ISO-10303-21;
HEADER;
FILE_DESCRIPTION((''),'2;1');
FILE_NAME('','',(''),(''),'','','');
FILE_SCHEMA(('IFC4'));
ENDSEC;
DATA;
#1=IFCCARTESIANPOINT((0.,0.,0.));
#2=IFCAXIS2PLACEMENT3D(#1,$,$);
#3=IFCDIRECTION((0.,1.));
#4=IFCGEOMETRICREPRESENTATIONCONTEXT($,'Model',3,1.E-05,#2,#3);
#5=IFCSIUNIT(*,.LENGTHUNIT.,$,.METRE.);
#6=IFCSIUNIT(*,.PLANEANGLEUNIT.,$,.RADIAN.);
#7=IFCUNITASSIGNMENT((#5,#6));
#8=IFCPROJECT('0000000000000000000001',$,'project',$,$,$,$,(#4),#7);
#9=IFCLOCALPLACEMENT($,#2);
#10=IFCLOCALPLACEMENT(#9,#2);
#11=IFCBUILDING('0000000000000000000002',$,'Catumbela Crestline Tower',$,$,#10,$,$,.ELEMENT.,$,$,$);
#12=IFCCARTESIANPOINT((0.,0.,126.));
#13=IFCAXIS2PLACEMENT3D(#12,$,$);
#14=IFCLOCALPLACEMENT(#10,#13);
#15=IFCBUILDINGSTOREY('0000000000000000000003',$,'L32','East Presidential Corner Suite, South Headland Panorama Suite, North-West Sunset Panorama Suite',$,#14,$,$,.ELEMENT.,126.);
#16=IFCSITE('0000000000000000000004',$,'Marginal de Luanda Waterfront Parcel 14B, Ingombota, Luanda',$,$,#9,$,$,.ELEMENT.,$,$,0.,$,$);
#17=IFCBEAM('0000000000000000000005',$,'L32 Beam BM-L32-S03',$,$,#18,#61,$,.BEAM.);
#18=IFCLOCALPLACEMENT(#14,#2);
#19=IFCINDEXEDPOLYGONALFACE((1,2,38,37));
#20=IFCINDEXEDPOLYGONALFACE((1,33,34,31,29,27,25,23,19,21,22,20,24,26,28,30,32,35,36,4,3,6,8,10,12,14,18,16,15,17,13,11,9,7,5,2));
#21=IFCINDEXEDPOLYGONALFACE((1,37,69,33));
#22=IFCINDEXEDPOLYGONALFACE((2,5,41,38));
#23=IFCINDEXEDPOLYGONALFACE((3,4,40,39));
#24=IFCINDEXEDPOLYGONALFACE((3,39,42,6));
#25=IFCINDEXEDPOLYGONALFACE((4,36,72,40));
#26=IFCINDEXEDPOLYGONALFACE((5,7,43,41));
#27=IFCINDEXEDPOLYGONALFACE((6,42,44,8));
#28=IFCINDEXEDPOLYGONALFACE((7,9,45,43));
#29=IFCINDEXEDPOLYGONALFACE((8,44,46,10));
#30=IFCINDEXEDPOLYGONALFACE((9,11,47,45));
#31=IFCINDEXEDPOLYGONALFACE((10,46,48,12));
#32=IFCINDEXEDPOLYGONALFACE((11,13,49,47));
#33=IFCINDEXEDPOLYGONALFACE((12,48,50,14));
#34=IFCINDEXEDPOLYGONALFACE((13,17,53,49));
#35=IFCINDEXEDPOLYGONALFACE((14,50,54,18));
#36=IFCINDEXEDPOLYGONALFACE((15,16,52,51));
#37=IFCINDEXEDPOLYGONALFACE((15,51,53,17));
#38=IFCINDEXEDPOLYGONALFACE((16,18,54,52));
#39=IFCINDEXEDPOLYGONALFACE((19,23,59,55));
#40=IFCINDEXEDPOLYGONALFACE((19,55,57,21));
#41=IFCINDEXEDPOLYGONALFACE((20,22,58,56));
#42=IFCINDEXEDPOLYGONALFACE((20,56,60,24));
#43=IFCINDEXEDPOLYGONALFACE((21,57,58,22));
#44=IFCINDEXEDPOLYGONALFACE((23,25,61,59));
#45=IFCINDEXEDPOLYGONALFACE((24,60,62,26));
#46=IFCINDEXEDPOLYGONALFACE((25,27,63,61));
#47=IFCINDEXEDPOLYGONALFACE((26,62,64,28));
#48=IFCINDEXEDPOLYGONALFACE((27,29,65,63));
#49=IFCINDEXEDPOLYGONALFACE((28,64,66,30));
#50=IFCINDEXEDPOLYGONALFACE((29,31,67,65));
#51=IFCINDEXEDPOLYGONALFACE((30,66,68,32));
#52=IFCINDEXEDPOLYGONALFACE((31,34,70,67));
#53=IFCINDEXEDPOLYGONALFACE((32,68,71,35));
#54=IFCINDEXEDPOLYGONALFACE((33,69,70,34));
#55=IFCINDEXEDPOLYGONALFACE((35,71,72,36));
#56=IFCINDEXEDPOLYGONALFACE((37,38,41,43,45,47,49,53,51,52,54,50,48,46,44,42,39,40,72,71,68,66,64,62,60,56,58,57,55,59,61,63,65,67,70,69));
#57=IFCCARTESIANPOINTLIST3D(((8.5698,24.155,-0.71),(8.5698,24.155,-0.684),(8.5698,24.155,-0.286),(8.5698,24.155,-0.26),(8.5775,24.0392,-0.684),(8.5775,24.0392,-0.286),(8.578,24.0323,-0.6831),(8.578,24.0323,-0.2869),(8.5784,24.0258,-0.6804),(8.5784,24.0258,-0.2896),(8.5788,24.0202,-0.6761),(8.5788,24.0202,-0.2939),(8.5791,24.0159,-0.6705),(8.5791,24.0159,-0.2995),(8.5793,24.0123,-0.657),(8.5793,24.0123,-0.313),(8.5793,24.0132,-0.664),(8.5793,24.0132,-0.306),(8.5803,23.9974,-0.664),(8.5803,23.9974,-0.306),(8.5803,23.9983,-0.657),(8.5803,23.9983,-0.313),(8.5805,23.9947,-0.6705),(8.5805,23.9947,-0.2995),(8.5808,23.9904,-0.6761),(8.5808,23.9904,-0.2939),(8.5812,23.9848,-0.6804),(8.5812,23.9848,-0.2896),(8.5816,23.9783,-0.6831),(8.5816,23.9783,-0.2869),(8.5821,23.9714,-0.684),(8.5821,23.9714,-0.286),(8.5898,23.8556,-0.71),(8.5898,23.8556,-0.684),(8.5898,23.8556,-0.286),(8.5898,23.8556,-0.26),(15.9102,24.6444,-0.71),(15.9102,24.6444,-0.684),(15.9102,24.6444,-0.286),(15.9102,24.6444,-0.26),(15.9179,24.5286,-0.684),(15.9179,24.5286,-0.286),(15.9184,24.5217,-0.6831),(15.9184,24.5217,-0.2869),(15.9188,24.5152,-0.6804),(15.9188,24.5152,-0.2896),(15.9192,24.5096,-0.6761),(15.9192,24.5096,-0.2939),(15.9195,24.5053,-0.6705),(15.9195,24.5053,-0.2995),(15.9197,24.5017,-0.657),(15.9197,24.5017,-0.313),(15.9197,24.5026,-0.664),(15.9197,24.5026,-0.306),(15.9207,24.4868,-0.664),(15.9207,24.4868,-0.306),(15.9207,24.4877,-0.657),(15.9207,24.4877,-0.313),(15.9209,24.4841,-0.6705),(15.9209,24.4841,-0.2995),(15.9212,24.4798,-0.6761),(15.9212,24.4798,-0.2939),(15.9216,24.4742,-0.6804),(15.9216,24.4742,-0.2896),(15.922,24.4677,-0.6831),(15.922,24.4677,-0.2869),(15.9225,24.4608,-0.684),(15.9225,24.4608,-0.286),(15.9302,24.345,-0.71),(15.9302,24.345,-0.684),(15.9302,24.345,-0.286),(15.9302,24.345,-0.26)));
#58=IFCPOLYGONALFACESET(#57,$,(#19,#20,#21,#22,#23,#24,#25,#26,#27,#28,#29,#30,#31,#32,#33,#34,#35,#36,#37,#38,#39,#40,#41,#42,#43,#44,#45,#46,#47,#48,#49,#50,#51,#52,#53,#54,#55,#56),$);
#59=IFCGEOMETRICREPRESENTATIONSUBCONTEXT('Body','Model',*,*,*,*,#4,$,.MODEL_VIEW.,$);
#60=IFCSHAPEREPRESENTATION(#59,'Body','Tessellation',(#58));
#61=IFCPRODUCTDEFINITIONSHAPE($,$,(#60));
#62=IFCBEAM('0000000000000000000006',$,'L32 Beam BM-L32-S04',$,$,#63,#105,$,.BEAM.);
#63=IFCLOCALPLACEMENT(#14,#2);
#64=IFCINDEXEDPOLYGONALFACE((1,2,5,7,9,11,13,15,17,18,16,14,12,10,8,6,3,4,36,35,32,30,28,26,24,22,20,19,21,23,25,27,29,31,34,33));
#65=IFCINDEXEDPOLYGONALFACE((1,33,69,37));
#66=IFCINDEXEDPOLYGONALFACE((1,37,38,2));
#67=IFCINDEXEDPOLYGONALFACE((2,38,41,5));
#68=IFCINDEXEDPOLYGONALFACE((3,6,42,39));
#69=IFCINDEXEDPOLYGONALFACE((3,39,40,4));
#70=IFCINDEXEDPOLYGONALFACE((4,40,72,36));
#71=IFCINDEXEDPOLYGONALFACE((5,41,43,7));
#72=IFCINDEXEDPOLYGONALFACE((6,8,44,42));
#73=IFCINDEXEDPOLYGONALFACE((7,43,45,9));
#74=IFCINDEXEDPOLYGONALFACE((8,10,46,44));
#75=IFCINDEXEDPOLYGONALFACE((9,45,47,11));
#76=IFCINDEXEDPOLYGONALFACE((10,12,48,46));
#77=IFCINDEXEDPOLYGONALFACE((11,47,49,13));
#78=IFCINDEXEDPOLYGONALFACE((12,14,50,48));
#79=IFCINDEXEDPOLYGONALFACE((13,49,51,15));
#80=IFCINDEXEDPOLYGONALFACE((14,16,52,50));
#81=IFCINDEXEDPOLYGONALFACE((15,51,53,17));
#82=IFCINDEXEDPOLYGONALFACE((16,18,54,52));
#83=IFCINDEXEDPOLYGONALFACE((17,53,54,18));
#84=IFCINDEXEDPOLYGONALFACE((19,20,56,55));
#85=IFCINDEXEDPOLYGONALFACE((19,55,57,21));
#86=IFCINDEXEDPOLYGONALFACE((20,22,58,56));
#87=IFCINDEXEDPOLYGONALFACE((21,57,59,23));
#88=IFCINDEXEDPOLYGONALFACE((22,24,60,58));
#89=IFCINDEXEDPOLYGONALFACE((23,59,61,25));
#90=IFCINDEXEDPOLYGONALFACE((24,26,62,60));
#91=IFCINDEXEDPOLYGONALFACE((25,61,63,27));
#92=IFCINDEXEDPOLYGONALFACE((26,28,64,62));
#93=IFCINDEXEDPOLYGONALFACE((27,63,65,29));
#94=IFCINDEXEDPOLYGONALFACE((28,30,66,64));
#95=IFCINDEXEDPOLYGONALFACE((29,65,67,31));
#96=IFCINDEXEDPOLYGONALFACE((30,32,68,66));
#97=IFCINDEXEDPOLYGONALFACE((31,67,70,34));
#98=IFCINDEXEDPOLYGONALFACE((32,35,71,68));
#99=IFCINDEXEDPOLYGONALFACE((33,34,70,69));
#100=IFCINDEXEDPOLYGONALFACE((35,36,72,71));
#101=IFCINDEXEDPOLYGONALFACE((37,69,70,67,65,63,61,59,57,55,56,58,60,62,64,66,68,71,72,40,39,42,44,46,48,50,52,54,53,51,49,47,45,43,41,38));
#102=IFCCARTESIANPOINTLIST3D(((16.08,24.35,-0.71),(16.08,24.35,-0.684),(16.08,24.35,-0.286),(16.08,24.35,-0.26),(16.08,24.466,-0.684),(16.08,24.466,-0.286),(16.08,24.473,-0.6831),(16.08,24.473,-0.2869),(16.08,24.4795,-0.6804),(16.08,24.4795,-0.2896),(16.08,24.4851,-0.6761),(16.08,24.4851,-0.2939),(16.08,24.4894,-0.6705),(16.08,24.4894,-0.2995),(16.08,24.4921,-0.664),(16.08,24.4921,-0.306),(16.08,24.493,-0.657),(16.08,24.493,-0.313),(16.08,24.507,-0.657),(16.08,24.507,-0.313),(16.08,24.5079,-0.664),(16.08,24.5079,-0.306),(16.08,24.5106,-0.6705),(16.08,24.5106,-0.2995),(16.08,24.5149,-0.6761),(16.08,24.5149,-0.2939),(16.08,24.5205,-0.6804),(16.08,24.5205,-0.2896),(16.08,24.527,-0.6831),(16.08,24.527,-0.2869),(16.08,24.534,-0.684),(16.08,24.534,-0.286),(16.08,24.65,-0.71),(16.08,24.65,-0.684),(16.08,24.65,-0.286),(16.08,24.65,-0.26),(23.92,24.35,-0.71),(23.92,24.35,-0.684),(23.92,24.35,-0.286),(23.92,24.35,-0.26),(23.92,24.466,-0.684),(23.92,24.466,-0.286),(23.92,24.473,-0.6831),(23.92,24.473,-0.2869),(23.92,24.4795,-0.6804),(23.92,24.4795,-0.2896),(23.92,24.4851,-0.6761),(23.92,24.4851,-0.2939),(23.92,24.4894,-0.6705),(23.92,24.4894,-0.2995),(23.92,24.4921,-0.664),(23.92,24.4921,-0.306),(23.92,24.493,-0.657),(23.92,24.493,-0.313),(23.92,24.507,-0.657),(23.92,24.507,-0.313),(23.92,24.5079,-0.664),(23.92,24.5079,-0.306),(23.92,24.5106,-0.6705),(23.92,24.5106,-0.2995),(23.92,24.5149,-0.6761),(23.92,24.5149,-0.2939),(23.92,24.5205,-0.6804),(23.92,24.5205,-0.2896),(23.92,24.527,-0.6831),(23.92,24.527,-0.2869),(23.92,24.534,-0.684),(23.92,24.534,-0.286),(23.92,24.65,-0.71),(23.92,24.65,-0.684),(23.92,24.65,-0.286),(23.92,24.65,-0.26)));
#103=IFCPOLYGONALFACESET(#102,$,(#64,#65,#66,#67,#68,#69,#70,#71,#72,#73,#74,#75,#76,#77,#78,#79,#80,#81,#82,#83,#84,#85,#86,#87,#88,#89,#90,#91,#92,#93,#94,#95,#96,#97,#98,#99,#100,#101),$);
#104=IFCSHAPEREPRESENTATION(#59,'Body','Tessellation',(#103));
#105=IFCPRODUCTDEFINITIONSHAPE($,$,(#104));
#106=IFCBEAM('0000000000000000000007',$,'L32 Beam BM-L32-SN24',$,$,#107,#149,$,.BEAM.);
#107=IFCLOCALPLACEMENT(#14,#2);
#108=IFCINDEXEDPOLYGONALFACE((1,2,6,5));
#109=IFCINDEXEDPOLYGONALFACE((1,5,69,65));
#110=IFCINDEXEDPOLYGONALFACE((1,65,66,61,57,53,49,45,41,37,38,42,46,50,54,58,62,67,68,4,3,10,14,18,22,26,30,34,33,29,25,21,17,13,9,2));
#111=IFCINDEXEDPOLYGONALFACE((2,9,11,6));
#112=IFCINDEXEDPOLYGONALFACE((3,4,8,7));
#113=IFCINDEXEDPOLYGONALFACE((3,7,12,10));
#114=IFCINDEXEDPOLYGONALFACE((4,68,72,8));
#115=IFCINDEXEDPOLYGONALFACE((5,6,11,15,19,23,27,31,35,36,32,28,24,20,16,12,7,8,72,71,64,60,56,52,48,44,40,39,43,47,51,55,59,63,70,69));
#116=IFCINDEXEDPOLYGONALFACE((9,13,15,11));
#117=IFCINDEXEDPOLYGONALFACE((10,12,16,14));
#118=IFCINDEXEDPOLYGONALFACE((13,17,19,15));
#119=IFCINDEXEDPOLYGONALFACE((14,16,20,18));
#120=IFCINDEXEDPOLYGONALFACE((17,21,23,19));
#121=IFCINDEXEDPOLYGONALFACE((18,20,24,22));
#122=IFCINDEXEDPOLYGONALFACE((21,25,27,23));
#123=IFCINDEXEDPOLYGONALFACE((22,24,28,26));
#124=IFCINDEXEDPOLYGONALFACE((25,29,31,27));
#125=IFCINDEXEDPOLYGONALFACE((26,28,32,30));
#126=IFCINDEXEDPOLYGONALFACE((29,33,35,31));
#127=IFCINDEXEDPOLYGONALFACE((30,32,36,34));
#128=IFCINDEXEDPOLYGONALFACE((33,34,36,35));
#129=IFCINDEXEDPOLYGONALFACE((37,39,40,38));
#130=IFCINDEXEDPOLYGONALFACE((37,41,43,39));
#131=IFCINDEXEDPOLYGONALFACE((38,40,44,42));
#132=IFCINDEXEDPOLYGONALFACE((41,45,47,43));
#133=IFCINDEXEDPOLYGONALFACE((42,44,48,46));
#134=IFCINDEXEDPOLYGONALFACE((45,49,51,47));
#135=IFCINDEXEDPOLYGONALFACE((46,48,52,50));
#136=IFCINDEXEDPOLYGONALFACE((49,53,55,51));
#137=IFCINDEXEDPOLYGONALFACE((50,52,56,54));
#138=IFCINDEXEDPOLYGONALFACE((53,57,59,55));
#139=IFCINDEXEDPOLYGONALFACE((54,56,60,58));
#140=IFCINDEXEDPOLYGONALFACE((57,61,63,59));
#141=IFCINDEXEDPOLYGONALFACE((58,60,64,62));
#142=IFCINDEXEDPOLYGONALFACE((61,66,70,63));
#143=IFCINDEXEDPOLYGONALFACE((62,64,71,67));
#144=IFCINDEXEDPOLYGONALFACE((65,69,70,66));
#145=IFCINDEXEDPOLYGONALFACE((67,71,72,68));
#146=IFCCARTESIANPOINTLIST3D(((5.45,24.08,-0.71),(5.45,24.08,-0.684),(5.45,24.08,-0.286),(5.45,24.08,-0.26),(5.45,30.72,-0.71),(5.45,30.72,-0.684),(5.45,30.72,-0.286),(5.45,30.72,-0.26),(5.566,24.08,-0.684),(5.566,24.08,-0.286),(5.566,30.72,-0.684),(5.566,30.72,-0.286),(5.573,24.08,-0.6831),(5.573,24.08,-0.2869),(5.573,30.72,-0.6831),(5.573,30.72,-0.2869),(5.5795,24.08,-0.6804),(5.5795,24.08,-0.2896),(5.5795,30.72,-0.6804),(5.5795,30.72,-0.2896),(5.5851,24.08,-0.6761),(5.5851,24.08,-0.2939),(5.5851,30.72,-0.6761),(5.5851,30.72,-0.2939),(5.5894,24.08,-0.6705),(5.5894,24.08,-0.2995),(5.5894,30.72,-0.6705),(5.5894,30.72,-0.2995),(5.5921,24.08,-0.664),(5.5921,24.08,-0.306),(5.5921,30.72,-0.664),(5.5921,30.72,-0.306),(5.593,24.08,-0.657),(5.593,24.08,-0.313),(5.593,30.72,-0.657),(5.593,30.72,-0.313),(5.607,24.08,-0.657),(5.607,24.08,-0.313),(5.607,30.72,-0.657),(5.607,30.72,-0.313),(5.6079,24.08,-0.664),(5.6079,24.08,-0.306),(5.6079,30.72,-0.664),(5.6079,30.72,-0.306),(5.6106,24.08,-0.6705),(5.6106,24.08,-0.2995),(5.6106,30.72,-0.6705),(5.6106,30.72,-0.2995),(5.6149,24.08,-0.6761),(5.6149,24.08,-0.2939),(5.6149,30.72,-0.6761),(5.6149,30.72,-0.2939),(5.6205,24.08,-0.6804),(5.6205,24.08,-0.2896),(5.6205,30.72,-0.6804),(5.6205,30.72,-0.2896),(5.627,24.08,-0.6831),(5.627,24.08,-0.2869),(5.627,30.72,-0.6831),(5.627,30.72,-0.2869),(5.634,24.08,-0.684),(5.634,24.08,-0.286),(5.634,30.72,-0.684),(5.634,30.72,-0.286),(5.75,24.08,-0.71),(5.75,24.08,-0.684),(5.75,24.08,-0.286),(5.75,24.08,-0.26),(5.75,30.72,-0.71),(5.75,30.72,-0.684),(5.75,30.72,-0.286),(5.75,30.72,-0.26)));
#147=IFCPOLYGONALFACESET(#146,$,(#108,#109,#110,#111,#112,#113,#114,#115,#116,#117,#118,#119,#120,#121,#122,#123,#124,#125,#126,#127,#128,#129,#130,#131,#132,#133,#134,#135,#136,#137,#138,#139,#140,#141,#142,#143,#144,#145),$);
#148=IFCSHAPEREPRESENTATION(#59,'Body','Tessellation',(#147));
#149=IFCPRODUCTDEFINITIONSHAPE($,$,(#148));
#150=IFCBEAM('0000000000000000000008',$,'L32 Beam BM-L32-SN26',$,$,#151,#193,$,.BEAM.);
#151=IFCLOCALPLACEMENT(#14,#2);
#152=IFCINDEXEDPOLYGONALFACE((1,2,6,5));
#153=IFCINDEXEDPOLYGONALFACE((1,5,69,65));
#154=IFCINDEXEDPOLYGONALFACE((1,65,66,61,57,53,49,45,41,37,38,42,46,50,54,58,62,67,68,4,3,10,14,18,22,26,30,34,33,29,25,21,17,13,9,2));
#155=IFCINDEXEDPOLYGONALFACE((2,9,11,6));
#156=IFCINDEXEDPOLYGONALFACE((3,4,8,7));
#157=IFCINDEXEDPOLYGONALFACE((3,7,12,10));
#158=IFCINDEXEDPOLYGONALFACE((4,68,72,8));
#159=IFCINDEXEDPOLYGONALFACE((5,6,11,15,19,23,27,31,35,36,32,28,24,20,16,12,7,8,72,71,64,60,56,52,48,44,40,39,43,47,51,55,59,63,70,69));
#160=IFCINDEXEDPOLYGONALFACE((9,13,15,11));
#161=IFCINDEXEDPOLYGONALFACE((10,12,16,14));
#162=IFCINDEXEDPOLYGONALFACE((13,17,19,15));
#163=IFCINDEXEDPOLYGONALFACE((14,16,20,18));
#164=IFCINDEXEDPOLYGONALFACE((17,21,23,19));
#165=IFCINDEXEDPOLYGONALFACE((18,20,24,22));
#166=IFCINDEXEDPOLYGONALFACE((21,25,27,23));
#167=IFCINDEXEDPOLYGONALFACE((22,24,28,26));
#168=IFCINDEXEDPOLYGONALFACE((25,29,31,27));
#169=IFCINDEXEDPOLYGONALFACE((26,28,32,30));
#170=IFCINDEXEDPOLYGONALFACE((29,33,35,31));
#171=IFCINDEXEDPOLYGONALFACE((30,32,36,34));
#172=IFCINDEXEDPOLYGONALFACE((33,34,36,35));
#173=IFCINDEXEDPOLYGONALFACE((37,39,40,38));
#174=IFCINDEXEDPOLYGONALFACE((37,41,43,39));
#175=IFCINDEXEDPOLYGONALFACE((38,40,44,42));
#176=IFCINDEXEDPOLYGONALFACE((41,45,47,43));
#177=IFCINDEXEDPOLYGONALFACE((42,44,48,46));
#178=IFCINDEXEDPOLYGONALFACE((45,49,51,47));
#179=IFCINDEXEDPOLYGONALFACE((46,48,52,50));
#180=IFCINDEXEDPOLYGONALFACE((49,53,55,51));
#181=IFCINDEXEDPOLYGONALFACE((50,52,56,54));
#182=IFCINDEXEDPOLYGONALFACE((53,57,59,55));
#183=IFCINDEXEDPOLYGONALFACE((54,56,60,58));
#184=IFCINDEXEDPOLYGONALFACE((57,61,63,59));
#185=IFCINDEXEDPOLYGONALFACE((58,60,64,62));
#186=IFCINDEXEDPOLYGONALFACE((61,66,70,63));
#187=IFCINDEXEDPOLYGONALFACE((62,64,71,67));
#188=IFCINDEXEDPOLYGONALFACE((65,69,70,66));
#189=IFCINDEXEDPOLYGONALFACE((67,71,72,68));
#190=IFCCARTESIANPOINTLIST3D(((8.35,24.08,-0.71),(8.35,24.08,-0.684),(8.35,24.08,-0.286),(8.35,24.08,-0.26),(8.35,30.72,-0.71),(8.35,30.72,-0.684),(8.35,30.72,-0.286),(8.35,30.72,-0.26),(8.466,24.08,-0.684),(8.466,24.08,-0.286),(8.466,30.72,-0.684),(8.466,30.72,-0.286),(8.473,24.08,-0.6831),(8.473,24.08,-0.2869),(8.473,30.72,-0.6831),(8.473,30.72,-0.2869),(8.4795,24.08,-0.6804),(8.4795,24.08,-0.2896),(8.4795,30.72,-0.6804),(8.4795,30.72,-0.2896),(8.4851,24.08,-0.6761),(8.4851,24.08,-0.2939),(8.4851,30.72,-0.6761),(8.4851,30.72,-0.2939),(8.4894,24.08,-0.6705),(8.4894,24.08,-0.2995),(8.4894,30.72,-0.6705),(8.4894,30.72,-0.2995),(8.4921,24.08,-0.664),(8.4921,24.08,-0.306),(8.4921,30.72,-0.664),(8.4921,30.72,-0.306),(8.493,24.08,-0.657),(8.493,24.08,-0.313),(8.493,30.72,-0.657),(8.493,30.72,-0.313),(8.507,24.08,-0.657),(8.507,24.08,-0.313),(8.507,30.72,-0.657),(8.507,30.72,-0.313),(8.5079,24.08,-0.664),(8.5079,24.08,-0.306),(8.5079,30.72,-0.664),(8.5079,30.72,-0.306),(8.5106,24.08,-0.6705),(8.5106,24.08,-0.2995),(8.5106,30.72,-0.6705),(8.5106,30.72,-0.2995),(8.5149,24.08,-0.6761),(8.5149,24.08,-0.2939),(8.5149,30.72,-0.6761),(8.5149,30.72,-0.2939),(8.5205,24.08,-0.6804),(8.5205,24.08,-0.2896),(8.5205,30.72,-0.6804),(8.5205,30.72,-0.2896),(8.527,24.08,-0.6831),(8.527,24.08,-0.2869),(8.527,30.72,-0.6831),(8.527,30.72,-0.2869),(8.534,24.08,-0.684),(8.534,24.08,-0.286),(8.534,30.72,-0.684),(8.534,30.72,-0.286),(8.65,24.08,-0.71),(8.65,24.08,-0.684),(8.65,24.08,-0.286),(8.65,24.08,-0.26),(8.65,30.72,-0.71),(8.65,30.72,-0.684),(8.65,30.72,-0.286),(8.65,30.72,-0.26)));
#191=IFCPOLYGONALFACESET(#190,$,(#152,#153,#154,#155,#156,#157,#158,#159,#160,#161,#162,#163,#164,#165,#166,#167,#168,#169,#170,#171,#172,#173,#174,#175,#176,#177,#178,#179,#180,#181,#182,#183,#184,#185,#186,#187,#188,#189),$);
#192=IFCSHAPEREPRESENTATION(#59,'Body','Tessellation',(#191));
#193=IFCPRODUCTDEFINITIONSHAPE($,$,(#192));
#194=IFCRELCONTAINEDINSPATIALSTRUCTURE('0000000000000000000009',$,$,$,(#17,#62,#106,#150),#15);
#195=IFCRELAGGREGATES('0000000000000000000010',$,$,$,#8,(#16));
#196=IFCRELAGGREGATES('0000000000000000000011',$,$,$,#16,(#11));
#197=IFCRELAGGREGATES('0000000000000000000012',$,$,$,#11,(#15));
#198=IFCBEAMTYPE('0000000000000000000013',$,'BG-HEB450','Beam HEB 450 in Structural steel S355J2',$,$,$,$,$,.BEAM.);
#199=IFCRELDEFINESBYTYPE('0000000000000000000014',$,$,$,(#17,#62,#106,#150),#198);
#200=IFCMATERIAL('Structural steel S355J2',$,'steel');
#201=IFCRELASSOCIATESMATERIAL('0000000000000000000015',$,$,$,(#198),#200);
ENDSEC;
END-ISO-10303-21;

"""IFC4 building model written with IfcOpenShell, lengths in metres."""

from ifc_helpers import new_model, si_unit, direction, frame, origin, origin_2d, place, context, subcontext, project, spatial, i_section, extrude, material, material_profile, profile_set, type_object, element, save


model = new_model("IFC4")

# Units and contexts
model_context = context("Model", 3, precision=1e-05, world=origin(), true_north=direction((0.0, 1.0)))
body_context = subcontext(model_context, "Body", "Model", "MODEL_VIEW")
ifc_project = project(units=[si_unit("LENGTHUNIT", "METRE"), si_unit("PLANEANGLEUNIT", "RADIAN")], contexts=[model_context])

# Site, building, storey
site_placement = place(None, origin())
site = spatial("IfcSite", under=ifc_project, at=site_placement, Name="Marginal de Luanda Waterfront Parcel 14B, Ingombota, Luanda", CompositionType="ELEMENT", RefElevation=0.0)
building_placement = place(site_placement, origin())
building = spatial("IfcBuilding", under=site, at=building_placement, Name="Catumbela Crestline Tower", CompositionType="ELEMENT")
storey_placement = place(building_placement, frame((0.0, 0.0, 126.0)))
storey = spatial("IfcBuildingStorey", under=building, at=storey_placement, Name="L32", Description="East Presidential Corner Suite, South Headland Panorama Suite, North-West Sunset Panorama Suite", CompositionType="ELEMENT", Elevation=126.0)

# Beams
ifc_material_1 = material(Name="Structural steel S355J2", Category="steel")
ifc_material_profile_1 = material_profile(ifc_material_1, i_section(OverallWidth=0.3, OverallDepth=0.45, WebThickness=0.014, FlangeThickness=0.026, FilletRadius=0.027, at=origin_2d()), Name="HEB 450")
ifc_profile_set_1 = profile_set([ifc_material_profile_1], Name="Structural steel S355J2")
beam_type = type_object("IfcBeamType", Name="BG-HEB450", Description="Beam HEB 450 in Structural steel S355J2", PredefinedType="BEAM", material=ifc_profile_set_1)
beam_1_placement = place(storey_placement, frame((8.5798, 24.0053, -0.485), z_axis=(0.997785, 0.066524, 0.0), x_axis=(-0.066524, 0.997785, 0.0)))
element("IfcBeam", 1, at=beam_1_placement, inside=storey, type_object=beam_type, Name="L32 Beam BM-L32-S03", PredefinedType="BEAM", context=body_context, shape_type="SweptSolid", body=[
    extrude(i_section(OverallWidth=0.3, OverallDepth=0.45, WebThickness=0.014, FlangeThickness=0.026, FilletRadius=0.027, at=origin_2d()), origin(), (0.0, 0.0, 1.0), 7.3567),
])
beam_2_placement = place(storey_placement, frame((16.08, 24.5, -0.485), z_axis=(1.0, 0.0, 0.0), x_axis=(0.0, 1.0, 0.0)))
element("IfcBeam", 2, at=beam_2_placement, inside=storey, type_object=beam_type, Name="L32 Beam BM-L32-S04", PredefinedType="BEAM", context=body_context, shape_type="SweptSolid", body=[
    extrude(i_section(OverallWidth=0.3, OverallDepth=0.45, WebThickness=0.014, FlangeThickness=0.026, FilletRadius=0.027, at=origin_2d()), origin(), (0.0, 0.0, 1.0), 7.84),
])
for number, where, z_axis, x_axis, name in (
    (3, (5.6, 24.08, -0.485), (0.0, 1.0, 0.0), (-1.0, 0.0, 0.0), "L32 Beam BM-L32-SN24"),
    (4, (8.5, 24.08, -0.485), (0.0, 1.0, 0.0), (-1.0, 0.0, 0.0), "L32 Beam BM-L32-SN26"),
):
    element("IfcBeam", number, at=place(storey_placement, frame(where, z_axis=z_axis, x_axis=x_axis)), inside=storey, type_object=beam_type, Name=name, PredefinedType="BEAM", context=body_context, shape_type="SweptSolid", body=[
        extrude(i_section(OverallWidth=0.3, OverallDepth=0.45, WebThickness=0.014, FlangeThickness=0.026, FilletRadius=0.027, at=origin_2d()), origin(), (0.0, 0.0, 1.0), 6.64),
    ])

save(model, "model.ifc")
